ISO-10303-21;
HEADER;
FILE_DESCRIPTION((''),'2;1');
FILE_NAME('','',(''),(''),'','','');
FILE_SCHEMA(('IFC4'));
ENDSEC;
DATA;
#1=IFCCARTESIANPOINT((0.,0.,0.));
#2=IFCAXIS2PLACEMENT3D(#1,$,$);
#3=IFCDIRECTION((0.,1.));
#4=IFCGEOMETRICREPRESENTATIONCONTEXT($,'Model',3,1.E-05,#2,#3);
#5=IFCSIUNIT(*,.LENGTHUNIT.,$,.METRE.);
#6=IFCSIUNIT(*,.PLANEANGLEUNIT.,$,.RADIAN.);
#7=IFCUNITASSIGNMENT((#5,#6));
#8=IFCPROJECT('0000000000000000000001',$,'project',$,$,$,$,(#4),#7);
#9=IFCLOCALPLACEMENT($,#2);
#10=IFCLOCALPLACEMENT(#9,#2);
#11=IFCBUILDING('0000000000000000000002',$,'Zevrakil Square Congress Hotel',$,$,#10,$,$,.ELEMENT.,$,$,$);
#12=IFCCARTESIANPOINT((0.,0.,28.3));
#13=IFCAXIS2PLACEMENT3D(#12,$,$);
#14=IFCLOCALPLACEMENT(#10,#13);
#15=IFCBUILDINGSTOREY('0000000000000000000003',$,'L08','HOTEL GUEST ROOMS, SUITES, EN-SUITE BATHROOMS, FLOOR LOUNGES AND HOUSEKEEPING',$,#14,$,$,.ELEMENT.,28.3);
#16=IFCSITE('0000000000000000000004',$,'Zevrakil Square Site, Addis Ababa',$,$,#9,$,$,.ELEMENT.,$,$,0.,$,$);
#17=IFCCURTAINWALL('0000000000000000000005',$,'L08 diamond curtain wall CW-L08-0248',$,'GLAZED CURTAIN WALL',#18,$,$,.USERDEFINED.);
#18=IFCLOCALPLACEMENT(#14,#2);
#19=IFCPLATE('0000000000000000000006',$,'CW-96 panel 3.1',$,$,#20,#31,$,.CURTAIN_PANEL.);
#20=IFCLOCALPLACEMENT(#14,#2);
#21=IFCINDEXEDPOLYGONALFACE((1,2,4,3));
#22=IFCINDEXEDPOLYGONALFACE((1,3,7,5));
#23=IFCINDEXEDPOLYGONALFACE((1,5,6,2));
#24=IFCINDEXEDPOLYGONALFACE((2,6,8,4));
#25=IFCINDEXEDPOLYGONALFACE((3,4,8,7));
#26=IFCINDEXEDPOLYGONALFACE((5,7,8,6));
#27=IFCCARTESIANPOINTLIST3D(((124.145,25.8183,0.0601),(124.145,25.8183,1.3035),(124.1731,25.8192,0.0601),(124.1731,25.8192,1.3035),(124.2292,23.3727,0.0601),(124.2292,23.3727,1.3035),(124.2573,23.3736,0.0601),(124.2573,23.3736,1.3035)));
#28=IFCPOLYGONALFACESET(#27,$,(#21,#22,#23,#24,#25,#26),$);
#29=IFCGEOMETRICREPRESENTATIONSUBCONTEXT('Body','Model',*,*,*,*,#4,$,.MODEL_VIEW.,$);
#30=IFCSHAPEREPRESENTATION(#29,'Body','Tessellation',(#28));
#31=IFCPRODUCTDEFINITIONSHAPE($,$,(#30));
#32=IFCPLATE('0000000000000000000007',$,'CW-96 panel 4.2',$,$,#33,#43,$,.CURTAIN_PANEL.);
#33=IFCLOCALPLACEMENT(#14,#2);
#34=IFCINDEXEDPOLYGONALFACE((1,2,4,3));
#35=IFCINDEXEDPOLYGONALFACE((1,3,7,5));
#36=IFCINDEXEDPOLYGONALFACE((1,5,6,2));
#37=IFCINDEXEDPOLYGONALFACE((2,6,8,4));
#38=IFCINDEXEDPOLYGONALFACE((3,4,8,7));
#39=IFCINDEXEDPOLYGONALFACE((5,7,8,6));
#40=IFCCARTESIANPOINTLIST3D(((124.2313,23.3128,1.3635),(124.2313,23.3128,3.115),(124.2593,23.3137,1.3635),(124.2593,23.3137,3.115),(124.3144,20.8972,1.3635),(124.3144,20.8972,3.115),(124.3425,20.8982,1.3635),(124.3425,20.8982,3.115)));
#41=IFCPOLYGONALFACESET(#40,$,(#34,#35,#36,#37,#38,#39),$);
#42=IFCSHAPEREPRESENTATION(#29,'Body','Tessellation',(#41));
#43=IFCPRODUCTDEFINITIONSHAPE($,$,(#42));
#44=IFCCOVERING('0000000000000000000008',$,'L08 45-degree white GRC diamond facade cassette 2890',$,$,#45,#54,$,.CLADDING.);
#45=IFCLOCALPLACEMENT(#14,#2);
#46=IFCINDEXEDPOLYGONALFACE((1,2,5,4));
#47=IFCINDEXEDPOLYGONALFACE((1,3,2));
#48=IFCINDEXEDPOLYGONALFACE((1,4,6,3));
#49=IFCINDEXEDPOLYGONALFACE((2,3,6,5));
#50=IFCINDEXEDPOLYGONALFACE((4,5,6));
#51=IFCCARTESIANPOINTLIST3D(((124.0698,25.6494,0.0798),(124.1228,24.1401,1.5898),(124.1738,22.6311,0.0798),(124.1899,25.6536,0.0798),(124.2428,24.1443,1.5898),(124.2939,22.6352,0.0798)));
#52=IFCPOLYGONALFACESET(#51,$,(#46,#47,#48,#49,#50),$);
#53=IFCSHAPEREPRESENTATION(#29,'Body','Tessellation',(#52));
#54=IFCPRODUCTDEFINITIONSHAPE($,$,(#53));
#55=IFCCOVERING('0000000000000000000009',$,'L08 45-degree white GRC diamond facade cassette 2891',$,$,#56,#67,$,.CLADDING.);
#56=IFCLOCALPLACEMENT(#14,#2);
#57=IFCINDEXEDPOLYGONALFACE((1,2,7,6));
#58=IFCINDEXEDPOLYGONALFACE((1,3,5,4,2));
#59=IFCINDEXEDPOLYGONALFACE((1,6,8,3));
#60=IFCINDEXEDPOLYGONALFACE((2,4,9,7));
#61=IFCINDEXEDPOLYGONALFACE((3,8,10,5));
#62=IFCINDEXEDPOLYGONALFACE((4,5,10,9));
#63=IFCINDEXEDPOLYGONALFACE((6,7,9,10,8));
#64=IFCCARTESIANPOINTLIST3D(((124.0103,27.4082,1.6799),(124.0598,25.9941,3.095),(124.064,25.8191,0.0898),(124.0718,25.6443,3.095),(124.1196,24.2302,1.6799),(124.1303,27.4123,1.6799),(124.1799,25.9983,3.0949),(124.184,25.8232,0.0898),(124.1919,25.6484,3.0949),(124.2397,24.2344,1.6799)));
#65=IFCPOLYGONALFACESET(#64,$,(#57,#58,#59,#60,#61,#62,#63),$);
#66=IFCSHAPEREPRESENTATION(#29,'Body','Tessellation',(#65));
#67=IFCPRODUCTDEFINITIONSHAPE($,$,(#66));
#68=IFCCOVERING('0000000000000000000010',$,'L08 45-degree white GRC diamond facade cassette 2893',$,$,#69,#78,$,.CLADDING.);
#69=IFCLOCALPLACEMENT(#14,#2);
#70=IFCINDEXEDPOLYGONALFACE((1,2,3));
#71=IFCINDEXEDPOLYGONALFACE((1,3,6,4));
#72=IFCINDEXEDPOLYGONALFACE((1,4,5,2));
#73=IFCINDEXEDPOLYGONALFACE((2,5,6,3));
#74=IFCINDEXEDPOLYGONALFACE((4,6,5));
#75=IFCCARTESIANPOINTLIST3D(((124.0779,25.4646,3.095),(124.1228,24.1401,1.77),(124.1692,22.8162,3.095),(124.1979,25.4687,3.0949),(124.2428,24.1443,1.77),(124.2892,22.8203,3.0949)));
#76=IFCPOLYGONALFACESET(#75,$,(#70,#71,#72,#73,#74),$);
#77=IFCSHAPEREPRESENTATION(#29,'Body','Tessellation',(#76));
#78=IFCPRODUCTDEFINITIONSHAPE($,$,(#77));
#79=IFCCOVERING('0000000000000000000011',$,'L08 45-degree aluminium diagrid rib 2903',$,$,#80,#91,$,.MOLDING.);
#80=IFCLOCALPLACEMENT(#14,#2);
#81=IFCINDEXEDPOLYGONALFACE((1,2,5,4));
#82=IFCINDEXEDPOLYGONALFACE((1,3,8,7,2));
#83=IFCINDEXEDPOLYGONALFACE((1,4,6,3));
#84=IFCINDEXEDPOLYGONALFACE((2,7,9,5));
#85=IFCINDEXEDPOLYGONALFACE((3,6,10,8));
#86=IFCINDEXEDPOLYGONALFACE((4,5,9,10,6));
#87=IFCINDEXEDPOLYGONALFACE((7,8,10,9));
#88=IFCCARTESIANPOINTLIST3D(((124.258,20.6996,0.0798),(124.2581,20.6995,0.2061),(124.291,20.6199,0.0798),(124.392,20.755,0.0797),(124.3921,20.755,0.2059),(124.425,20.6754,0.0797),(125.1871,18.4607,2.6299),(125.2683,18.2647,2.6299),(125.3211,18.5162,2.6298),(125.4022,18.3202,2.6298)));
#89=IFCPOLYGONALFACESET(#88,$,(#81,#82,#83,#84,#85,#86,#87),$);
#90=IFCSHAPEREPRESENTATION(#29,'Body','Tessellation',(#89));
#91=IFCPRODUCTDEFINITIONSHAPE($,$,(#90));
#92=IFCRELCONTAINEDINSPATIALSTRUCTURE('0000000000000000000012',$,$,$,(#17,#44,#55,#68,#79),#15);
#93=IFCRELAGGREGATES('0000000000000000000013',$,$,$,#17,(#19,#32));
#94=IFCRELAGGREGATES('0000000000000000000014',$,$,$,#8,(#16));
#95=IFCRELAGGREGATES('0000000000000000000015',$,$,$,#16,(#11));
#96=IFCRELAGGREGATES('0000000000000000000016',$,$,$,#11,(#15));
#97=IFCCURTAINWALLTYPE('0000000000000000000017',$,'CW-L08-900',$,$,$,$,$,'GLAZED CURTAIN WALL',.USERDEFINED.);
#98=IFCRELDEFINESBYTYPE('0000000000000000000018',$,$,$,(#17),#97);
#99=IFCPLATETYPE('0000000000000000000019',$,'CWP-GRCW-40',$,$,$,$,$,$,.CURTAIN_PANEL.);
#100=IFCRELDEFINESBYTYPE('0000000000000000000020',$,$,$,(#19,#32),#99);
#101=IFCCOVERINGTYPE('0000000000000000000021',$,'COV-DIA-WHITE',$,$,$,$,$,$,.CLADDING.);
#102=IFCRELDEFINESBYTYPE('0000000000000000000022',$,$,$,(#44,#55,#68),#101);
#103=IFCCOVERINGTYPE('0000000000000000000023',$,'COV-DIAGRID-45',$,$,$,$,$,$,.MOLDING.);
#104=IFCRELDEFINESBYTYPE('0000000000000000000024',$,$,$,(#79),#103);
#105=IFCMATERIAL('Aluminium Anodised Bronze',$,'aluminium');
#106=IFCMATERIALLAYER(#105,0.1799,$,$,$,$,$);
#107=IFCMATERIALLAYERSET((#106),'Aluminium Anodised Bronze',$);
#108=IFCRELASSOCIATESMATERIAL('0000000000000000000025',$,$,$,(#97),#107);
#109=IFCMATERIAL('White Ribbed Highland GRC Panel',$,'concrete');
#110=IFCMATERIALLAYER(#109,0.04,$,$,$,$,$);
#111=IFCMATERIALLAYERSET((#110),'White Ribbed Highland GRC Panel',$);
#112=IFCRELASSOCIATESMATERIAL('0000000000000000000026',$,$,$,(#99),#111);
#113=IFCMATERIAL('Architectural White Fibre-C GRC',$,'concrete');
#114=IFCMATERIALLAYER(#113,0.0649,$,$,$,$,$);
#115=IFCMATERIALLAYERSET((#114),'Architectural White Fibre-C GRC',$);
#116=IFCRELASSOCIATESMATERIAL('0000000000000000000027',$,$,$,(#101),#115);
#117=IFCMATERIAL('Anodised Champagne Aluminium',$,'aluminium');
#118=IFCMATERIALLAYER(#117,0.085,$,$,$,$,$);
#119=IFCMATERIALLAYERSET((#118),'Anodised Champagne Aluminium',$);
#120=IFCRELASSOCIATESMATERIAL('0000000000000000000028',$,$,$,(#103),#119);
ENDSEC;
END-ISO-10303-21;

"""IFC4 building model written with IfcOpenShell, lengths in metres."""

from ifc_helpers import new_model, si_unit, direction, frame, origin, origin_2d, place, context, subcontext, project, spatial, polyline, rectangle, outline, extrude, material, layer, layer_set, type_object, element, aggregate, save


model = new_model("IFC4")

# Units and contexts
model_context = context("Model", 3, precision=1e-05, world=origin(), true_north=direction((0.0, 1.0)))
body_context = subcontext(model_context, "Body", "Model", "MODEL_VIEW")
ifc_project = project(units=[si_unit("LENGTHUNIT", "METRE"), si_unit("PLANEANGLEUNIT", "RADIAN")], contexts=[model_context])

# Site, building, storey
site_placement = place(None, origin())
site = spatial("IfcSite", under=ifc_project, at=site_placement, Name="Zevrakil Square Site, Addis Ababa", CompositionType="ELEMENT", RefElevation=0.0)
building_placement = place(site_placement, origin())
building = spatial("IfcBuilding", under=site, at=building_placement, Name="Zevrakil Square Congress Hotel", CompositionType="ELEMENT")
storey_placement = place(building_placement, frame((0.0, 0.0, 28.3)))
storey = spatial("IfcBuildingStorey", under=building, at=storey_placement, Name="L08", Description="HOTEL GUEST ROOMS, SUITES, EN-SUITE BATHROOMS, FLOOR LOUNGES AND HOUSEKEEPING", CompositionType="ELEMENT", Elevation=28.3)

# Curtain wall
ifc_material_1 = material(Name="Aluminium Anodised Bronze", Category="aluminium")
ifc_layer_1 = layer(ifc_material_1, 0.1799)
ifc_layer_set_1 = layer_set([ifc_layer_1], Name="Aluminium Anodised Bronze")
curtain_wall_type_1 = type_object("IfcCurtainWallType", Name="CW-L08-900", ElementType="GLAZED CURTAIN WALL", PredefinedType="USERDEFINED", material=ifc_layer_set_1)
curtain_wall_1_placement = place(storey_placement, origin())
curtain_wall_1 = element("IfcCurtainWall", 1, at=curtain_wall_1_placement, inside=storey, type_object=curtain_wall_type_1, Name="L08 diamond curtain wall CW-L08-0248", ObjectType="GLAZED CURTAIN WALL", PredefinedType="USERDEFINED")

# Plates
ifc_material_2 = material(Name="White Ribbed Highland GRC Panel", Category="concrete")
ifc_layer_2 = layer(ifc_material_2, 0.04)
ifc_layer_set_2 = layer_set([ifc_layer_2], Name="White Ribbed Highland GRC Panel")
plate_type_1 = type_object("IfcPlateType", Name="CWP-GRCW-40", PredefinedType="CURTAIN_PANEL", material=ifc_layer_set_2)
plate_1_placement = place(storey_placement, frame((124.2012, 24.5959, 0.0601), z_axis=(0.0, 0.0, 1.0), x_axis=(0.034405, -0.999408, 0.0)))
plate_1 = element("IfcPlate", 2, at=plate_1_placement, type_object=plate_type_1, Name="CW-96 panel 3.1", PredefinedType="CURTAIN_PANEL", context=body_context, shape_type="SweptSolid", body=[
    extrude(rectangle(XDim=2.447, YDim=0.0281, at=origin_2d()), origin(), (0.0, 0.0, 1.0), 1.2434),
])
plate_2_placement = place(storey_placement, frame((124.2869, 22.1055, 1.3635), z_axis=(0.0, 0.0, 1.0), x_axis=(0.034405, -0.999408, 0.0)))
plate_2 = element("IfcPlate", 3, at=plate_2_placement, type_object=plate_type_1, Name="CW-96 panel 4.2", PredefinedType="CURTAIN_PANEL", context=body_context, shape_type="SweptSolid", body=[
    extrude(rectangle(XDim=2.417, YDim=0.0281, at=origin_2d()), origin(), (0.0, 0.0, 1.0), 1.7515),
])
aggregate(curtain_wall_1, [plate_1, plate_2])

# Coverings
ifc_material_3 = material(Name="Architectural White Fibre-C GRC", Category="concrete")
ifc_layer_3 = layer(ifc_material_3, 0.0649)
ifc_layer_set_3 = layer_set([ifc_layer_3], Name="Architectural White Fibre-C GRC")
covering_type_1 = type_object("IfcCoveringType", Name="COV-DIA-WHITE", PredefinedType="CLADDING", material=ifc_layer_set_3)
covering_1_placement = place(storey_placement, frame((124.1228, 24.1401, 1.5898), z_axis=(-0.999407, -0.034437, 0.000644), x_axis=(0.023895, -0.706676, -0.707134)))
element("IfcCovering", 4, at=covering_1_placement, inside=storey, type_object=covering_type_1, Name="L08 45-degree white GRC diamond facade cassette 2890", PredefinedType="CLADDING", context=body_context, shape_type="SweptSolid", body=[
    extrude(outline(polyline([(0.0, 0.0), (2.1354, 0.0), (-0.0001, -2.1356), (0.0, 0.0)])), origin(), (0.0, 0.0, -1.0), 0.1201),
])
covering_2_placement = place(storey_placement, frame((124.1196, 24.2302, 1.6799), z_axis=(-0.999408, -0.034385, 0.00061), x_axis=(-0.024743, 0.706619, -0.707161)))
element("IfcCovering", 5, at=covering_2_placement, inside=storey, type_object=covering_type_1, Name="L08 45-degree white GRC diamond facade cassette 2891", PredefinedType="CLADDING", context=body_context, shape_type="SweptSolid", body=[
    extrude(outline(polyline([(0.0, 0.0), (2.2485, 0.0), (2.2483, -2.2487), (0.2472, -2.2486), (-0.0003, -2.001), (0.0, 0.0)])), origin(), (0.0, 0.0, -1.0), 0.1201),
])
covering_3_placement = place(storey_placement, frame((124.1228, 24.1401, 1.77), z_axis=(-0.999406, -0.034456, 0.000559), x_axis=(-0.023972, 0.706773, 0.707034)))
element("IfcCovering", 6, at=covering_3_placement, inside=storey, type_object=covering_type_1, Name="L08 45-degree white GRC diamond facade cassette 2893", PredefinedType="CLADDING", context=body_context, shape_type="SweptSolid", body=[
    extrude(outline(polyline([(0.0, 0.0), (1.874, 0.0), (-0.0001, -1.8736), (0.0, 0.0)])), origin(), (0.0, 0.0, -1.0), 0.1201),
])
ifc_material_4 = material(Name="Anodised Champagne Aluminium", Category="aluminium")
ifc_layer_4 = layer(ifc_material_4, 0.085)
ifc_layer_set_4 = layer_set([ifc_layer_4], Name="Anodised Champagne Aluminium")
covering_type_2 = type_object("IfcCoveringType", Name="COV-DIAGRID-45", PredefinedType="MOLDING", material=ifc_layer_set_4)
covering_4_placement = place(storey_placement, frame((124.291, 20.6199, 0.0798), z_axis=(-0.923935, -0.38255, 0.00076), x_axis=(-0.38255, 0.923935, -0.000002)))
element("IfcCovering", 7, at=covering_4_placement, inside=storey, type_object=covering_type_2, Name="L08 45-degree aluminium diagrid rib 2903", PredefinedType="MOLDING", context=body_context, shape_type="SweptSolid", body=[
    extrude(outline(polyline([(0.0, 0.0), (0.0862, 0.0), (0.0861, -0.1262), (-2.3377, -2.55), (-2.5498, -2.55), (0.0, 0.0)])), origin(), (0.0, 0.0, -1.0), 0.145),
])

save(model, "model.ifc")
